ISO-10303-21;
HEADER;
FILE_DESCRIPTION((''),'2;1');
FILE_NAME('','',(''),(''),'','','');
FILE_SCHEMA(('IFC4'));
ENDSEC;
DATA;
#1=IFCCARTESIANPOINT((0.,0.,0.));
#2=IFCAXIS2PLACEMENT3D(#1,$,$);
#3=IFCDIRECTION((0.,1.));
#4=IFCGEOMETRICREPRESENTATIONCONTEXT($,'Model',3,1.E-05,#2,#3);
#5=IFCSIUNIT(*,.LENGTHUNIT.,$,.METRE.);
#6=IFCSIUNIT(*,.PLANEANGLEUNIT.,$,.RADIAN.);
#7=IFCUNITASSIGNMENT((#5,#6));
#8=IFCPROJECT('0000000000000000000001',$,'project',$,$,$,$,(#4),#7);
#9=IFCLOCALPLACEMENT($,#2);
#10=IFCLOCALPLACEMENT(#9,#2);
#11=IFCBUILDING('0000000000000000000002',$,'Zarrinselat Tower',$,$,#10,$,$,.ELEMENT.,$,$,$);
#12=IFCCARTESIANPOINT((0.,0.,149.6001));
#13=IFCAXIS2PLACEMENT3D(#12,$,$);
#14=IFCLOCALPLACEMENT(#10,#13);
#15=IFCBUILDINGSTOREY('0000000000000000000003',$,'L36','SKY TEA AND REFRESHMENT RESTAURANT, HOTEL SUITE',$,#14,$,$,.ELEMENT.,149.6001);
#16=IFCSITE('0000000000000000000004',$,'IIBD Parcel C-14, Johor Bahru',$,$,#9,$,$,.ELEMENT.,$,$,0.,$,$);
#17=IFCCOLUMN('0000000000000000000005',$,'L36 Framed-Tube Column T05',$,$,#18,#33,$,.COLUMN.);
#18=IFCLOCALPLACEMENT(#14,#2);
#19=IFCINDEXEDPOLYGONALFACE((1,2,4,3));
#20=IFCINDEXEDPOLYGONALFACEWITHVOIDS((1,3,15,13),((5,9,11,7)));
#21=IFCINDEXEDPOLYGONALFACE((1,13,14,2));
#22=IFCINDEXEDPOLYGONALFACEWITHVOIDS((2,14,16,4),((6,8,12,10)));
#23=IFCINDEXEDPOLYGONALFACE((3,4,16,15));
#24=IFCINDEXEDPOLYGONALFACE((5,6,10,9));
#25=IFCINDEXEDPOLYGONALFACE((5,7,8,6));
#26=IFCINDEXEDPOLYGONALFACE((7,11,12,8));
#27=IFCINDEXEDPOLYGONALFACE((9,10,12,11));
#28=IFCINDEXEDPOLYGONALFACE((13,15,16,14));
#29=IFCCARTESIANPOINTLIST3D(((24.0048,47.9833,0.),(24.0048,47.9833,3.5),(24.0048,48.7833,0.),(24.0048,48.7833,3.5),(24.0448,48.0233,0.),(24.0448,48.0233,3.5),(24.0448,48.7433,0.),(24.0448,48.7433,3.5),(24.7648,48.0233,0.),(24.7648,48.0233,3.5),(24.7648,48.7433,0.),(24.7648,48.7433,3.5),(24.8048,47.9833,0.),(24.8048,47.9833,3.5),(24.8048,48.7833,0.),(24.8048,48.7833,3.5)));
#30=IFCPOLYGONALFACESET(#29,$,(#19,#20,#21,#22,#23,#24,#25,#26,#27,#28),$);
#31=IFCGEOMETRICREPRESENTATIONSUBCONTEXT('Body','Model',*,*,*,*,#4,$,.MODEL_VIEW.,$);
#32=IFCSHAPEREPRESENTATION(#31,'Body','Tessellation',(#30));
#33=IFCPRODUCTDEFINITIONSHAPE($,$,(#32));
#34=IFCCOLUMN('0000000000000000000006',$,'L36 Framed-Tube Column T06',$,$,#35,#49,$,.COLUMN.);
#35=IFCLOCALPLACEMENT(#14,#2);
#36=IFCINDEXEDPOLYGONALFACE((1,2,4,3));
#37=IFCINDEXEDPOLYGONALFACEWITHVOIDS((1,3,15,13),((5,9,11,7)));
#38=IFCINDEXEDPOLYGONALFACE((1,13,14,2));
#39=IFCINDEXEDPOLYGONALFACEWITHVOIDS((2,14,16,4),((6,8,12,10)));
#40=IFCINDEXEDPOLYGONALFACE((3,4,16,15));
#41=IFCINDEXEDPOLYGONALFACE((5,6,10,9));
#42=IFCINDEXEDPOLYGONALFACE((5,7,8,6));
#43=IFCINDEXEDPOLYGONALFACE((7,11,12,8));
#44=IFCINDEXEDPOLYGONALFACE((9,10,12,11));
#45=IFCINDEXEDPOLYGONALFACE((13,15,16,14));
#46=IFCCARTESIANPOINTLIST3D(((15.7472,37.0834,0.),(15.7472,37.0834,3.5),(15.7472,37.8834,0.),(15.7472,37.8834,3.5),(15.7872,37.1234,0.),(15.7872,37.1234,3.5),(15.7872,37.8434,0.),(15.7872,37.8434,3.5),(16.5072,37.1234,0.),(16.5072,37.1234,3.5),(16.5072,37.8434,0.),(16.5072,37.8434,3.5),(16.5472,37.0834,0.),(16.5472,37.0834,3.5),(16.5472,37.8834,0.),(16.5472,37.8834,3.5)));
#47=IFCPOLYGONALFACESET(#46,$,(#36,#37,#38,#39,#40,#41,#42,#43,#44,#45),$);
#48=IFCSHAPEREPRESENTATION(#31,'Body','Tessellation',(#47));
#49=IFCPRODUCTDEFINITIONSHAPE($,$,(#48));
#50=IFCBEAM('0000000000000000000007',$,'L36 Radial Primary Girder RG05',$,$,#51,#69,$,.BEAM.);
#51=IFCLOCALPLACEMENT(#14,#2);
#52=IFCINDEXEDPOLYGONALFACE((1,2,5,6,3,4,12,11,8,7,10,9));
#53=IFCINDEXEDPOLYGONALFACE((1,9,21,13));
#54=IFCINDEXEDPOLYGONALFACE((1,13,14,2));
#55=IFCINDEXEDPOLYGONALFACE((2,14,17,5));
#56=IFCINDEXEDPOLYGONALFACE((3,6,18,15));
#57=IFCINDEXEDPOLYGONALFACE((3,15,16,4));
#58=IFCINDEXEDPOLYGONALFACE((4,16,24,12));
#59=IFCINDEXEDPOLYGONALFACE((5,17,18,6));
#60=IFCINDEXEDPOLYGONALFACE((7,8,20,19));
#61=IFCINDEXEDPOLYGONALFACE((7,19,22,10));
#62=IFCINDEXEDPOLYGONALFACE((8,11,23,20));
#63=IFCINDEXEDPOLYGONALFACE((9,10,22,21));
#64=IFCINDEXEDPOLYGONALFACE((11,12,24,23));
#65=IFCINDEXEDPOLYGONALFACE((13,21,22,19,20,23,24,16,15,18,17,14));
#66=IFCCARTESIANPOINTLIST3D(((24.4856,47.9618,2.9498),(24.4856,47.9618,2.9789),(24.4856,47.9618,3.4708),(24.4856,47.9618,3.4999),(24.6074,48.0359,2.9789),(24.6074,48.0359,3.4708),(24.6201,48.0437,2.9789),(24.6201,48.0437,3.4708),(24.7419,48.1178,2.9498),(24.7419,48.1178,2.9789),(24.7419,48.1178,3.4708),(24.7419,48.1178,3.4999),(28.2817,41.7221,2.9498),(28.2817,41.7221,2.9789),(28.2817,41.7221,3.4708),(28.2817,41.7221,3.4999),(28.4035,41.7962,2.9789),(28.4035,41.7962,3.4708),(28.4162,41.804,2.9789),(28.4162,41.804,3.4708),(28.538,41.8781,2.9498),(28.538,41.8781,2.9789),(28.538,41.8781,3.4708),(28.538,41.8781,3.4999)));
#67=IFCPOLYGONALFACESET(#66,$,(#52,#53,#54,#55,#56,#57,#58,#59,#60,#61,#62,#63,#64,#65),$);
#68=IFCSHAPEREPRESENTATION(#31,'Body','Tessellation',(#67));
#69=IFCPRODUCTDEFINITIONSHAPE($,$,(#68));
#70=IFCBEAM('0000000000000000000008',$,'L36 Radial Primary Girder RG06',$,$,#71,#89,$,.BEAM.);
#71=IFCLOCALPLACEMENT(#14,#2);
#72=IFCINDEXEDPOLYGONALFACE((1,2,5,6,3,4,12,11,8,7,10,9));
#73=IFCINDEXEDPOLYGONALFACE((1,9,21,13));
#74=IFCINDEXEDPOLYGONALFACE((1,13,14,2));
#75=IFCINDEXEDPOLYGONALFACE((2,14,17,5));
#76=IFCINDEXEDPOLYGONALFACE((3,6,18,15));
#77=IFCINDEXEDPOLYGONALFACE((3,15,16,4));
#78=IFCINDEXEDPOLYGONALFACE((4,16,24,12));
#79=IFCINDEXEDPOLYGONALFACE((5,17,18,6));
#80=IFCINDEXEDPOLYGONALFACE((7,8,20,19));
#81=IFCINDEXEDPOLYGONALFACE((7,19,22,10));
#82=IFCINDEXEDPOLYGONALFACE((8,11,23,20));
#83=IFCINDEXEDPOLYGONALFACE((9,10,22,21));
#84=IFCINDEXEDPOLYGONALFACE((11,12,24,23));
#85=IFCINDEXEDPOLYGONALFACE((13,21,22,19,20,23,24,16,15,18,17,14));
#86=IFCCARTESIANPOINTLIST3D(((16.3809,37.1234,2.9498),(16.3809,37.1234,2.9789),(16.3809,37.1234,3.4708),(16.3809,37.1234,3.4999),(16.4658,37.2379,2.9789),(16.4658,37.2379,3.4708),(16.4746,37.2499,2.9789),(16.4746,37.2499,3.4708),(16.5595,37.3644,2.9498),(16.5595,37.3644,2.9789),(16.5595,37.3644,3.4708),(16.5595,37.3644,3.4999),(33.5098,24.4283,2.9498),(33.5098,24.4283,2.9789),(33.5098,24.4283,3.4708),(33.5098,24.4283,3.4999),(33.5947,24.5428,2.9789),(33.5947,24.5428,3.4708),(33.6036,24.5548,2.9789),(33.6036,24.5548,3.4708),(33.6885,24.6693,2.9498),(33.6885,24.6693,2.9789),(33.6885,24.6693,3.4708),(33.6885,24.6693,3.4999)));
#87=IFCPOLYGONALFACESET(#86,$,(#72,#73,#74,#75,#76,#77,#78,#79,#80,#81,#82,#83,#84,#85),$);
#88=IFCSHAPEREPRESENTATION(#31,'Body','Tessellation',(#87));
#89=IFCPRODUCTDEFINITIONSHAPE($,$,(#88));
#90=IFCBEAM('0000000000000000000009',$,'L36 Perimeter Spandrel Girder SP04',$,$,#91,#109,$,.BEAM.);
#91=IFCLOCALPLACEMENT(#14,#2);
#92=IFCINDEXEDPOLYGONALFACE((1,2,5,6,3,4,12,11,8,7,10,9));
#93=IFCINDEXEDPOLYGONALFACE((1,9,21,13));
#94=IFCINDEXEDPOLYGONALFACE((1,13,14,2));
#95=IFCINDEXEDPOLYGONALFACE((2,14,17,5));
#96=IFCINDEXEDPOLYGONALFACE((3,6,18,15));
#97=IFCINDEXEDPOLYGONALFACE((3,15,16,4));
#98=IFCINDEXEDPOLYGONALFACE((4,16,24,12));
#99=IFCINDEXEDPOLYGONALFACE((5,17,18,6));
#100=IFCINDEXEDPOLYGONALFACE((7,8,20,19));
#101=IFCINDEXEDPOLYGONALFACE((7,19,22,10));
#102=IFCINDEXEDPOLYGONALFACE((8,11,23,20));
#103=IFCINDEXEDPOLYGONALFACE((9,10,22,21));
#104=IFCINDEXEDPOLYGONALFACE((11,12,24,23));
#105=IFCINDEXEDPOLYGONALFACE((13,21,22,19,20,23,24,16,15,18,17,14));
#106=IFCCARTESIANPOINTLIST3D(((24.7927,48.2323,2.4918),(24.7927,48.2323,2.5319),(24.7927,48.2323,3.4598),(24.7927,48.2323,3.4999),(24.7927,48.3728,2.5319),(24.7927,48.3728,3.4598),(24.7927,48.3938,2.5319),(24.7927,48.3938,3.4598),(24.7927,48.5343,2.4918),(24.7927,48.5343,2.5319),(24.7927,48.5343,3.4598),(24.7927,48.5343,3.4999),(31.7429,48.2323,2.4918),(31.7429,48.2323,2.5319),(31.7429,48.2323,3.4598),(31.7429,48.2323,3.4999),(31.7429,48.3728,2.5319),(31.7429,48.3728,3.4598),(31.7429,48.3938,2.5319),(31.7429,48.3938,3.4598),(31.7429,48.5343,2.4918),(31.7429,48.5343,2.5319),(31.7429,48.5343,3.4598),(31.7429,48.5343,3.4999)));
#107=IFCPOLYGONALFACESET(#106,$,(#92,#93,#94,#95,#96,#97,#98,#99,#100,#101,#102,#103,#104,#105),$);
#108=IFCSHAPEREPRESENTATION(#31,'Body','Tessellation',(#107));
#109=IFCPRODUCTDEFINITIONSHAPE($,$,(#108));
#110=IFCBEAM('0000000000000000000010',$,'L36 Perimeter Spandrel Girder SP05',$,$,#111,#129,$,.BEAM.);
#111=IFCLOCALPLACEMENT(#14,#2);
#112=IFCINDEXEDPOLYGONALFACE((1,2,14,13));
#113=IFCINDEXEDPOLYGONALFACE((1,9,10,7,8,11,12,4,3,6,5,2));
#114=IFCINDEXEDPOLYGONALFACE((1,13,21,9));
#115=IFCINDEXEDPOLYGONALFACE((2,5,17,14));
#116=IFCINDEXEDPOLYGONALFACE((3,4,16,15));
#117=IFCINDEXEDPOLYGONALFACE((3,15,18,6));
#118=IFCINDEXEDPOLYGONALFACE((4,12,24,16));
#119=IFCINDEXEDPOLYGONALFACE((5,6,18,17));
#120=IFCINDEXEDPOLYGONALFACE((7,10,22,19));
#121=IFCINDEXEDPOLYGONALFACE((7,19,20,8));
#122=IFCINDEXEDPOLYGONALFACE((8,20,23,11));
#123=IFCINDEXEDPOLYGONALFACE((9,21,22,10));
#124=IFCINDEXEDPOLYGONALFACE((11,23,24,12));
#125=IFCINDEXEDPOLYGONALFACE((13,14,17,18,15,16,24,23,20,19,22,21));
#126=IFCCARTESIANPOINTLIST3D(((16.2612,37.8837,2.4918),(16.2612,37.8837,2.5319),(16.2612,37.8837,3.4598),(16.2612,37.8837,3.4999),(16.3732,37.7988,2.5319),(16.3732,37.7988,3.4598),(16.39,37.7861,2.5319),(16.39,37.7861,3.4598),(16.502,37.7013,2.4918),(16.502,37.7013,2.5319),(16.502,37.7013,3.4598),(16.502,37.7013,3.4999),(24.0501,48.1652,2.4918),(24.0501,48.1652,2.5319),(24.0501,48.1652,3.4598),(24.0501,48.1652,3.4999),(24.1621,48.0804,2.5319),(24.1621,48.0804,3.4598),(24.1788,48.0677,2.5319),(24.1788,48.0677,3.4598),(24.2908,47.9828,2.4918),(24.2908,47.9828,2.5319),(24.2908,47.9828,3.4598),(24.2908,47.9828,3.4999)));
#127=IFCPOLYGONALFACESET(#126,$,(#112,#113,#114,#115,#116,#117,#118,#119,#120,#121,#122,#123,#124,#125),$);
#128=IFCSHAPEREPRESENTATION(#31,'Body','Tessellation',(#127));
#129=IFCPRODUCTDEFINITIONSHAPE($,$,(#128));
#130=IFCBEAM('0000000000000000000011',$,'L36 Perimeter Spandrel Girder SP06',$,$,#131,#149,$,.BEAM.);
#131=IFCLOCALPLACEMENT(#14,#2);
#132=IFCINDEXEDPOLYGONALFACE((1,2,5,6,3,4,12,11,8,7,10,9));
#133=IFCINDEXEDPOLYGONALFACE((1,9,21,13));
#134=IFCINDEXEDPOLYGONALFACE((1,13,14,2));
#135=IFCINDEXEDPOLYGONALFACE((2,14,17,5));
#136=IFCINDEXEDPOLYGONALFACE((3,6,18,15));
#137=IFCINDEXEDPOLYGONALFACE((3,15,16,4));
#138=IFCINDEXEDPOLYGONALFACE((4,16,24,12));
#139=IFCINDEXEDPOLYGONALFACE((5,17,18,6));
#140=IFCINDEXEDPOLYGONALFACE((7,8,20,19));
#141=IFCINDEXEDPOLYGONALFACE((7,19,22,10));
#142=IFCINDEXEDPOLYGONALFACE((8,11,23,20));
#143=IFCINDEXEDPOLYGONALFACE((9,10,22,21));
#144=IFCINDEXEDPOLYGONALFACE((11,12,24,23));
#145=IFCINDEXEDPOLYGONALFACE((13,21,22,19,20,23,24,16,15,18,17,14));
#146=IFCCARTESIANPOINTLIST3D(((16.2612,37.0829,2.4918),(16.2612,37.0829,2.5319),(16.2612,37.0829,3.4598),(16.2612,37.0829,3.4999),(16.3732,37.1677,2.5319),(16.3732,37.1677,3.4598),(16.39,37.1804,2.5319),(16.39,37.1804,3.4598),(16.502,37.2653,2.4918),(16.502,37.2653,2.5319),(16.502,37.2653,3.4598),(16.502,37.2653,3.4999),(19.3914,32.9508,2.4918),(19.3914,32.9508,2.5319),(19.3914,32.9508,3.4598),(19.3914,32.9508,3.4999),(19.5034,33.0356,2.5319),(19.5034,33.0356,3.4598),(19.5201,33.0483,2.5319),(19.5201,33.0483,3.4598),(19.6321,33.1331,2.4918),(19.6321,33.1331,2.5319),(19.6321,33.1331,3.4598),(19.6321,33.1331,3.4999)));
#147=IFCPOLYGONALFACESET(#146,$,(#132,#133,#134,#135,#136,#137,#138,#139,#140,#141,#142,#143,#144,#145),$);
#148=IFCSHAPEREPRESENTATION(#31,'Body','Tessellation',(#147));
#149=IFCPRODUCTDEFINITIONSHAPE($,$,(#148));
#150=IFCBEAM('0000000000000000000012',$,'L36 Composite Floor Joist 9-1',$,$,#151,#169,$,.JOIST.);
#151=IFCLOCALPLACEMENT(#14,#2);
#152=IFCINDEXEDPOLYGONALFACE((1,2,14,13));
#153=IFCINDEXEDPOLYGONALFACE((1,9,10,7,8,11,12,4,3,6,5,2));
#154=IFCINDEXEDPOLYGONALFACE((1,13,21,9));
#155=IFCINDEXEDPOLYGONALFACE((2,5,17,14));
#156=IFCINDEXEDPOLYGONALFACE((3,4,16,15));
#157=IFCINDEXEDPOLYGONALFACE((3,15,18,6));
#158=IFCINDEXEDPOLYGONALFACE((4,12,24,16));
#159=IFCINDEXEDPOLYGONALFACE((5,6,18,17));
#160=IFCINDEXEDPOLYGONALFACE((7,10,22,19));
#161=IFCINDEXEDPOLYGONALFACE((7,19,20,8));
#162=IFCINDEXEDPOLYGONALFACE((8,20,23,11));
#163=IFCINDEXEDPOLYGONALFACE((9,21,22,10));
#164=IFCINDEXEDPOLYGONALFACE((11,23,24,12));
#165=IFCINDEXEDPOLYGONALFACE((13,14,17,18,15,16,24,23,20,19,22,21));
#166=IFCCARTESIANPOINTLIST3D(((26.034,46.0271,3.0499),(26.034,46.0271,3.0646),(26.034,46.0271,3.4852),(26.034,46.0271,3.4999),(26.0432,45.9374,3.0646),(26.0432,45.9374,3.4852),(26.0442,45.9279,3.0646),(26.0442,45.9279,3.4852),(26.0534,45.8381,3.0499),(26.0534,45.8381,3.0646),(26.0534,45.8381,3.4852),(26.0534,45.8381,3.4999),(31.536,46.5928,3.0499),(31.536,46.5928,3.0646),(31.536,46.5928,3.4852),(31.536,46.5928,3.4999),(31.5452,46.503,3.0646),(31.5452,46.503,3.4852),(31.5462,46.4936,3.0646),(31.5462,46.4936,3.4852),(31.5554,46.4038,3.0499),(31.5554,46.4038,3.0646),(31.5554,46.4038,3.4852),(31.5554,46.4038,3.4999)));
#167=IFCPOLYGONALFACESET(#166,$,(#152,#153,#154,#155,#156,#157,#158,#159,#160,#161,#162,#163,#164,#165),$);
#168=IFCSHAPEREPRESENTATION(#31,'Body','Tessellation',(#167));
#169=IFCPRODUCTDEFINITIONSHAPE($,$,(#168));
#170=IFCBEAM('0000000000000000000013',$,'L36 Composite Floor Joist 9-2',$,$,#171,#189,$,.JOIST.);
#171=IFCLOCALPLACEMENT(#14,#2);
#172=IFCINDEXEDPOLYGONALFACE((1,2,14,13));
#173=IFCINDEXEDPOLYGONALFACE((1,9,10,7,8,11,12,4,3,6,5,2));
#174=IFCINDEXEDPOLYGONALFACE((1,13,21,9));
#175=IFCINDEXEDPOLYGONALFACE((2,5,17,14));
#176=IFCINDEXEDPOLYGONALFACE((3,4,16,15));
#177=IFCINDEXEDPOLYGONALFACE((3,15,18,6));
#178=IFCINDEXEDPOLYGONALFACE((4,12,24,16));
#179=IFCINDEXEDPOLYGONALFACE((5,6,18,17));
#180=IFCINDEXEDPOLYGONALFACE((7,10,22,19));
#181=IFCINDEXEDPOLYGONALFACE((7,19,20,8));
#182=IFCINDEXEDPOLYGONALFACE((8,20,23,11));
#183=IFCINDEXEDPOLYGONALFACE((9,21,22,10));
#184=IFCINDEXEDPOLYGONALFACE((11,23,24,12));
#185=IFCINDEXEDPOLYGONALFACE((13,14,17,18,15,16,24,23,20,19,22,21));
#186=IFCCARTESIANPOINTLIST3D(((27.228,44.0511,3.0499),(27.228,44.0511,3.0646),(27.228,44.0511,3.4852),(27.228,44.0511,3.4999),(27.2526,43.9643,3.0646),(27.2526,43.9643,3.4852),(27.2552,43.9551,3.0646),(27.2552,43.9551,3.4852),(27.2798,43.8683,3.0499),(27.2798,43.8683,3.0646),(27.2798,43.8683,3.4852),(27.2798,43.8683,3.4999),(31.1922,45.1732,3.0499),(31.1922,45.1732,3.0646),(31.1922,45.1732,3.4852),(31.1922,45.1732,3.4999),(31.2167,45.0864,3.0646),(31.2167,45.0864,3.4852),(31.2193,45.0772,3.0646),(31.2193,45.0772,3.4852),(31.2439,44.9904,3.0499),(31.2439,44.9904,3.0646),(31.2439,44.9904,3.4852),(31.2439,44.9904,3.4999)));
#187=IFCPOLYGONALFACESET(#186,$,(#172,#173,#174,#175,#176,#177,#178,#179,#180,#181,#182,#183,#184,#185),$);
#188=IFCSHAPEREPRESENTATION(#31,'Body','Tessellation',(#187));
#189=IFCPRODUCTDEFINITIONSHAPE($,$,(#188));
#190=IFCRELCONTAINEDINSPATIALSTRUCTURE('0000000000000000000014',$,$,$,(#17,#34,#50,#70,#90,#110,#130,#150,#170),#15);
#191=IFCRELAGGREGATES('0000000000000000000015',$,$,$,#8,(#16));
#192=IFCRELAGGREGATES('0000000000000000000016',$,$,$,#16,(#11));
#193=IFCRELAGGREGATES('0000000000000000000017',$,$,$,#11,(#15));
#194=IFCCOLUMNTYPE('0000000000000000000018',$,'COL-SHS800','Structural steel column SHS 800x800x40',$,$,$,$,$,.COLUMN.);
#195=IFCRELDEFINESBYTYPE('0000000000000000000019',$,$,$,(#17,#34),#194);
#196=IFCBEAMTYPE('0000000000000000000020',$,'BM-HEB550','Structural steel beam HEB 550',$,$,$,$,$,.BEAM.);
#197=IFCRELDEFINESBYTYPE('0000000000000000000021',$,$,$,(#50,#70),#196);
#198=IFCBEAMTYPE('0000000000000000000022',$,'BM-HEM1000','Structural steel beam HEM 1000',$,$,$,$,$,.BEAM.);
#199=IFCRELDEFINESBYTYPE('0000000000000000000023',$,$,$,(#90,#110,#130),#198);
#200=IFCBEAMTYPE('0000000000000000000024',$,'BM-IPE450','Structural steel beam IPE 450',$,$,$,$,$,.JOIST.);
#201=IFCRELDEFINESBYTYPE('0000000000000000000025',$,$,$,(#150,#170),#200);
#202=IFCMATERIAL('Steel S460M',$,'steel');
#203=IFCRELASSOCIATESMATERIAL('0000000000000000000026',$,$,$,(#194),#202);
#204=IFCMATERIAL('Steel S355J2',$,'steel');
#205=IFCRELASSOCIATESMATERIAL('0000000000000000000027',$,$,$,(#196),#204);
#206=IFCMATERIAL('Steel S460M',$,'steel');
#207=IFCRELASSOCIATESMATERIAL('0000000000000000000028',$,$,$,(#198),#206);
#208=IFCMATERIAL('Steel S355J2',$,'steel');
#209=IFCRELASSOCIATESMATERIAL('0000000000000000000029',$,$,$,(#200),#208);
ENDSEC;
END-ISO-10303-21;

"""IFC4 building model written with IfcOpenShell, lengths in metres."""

from ifc_helpers import new_model, si_unit, direction, frame, origin, origin_2d, place, context, subcontext, project, spatial, hollow_rectangle, i_section, extrude, material, material_profile, profile_set, type_object, element, save


model = new_model("IFC4")

# Units and contexts
model_context = context("Model", 3, precision=1e-05, world=origin(), true_north=direction((0.0, 1.0)))
body_context = subcontext(model_context, "Body", "Model", "MODEL_VIEW")
ifc_project = project(units=[si_unit("LENGTHUNIT", "METRE"), si_unit("PLANEANGLEUNIT", "RADIAN")], contexts=[model_context])

# Site, building, storey
site_placement = place(None, origin())
site = spatial("IfcSite", under=ifc_project, at=site_placement, Name="IIBD Parcel C-14, Johor Bahru", CompositionType="ELEMENT", RefElevation=0.0)
building_placement = place(site_placement, origin())
building = spatial("IfcBuilding", under=site, at=building_placement, Name="Zarrinselat Tower", CompositionType="ELEMENT")
storey_placement = place(building_placement, frame((0.0, 0.0, 149.6001)))
storey = spatial("IfcBuildingStorey", under=building, at=storey_placement, Name="L36", Description="SKY TEA AND REFRESHMENT RESTAURANT, HOTEL SUITE", CompositionType="ELEMENT", Elevation=149.6001)

# Columns
ifc_material_1 = material(Name="Steel S460M", Category="steel")
ifc_material_profile_1 = material_profile(ifc_material_1, hollow_rectangle(XDim=0.8, YDim=0.8, WallThickness=0.04, at=origin_2d()), Name="SHS 800x800x40")
ifc_profile_set_1 = profile_set([ifc_material_profile_1], Name="Steel S460M")
column_type = type_object("IfcColumnType", Name="COL-SHS800", Description="Structural steel column SHS 800x800x40", PredefinedType="COLUMN", material=ifc_profile_set_1)
for number, where, z_axis, x_axis, name in (
    (1, (24.4048, 48.3833, 0.0), (0.0, 0.0, 1.0), (1.0, 0.0, 0.0), "L36 Framed-Tube Column T05"),
    (2, (16.1472, 37.4834, 0.0), (0.0, 0.0, 1.0), (1.0, 0.0, 0.0), "L36 Framed-Tube Column T06"),
):
    element("IfcColumn", number, at=place(storey_placement, frame(where, z_axis=z_axis, x_axis=x_axis)), inside=storey, type_object=column_type, Name=name, PredefinedType="COLUMN", context=body_context, shape_type="SweptSolid", body=[
        extrude(hollow_rectangle(XDim=0.8, YDim=0.8, WallThickness=0.04, at=origin_2d()), origin(), (0.0, 0.0, 1.0), 3.5),
    ])

# Beams
ifc_material_2 = material(Name="Steel S355J2", Category="steel")
ifc_material_profile_2 = material_profile(ifc_material_2, i_section(OverallWidth=0.3, OverallDepth=0.55, WebThickness=0.0149, FlangeThickness=0.0291, at=origin_2d()), Name="HEB 550")
ifc_profile_set_2 = profile_set([ifc_material_profile_2], Name="Steel S355J2")
beam_type_1 = type_object("IfcBeamType", Name="BM-HEB550", Description="Structural steel beam HEB 550", PredefinedType="BEAM", material=ifc_profile_set_2)
beam_1_placement = place(storey_placement, frame((24.6138, 48.0398, 3.2249), z_axis=(0.519751, -0.854318, 0.0), x_axis=(0.854318, 0.519751, 0.0)))
element("IfcBeam", 3, at=beam_1_placement, inside=storey, type_object=beam_type_1, Name="L36 Radial Primary Girder RG05", PredefinedType="BEAM", context=body_context, shape_type="SweptSolid", body=[
    extrude(i_section(OverallWidth=0.3, OverallDepth=0.55, WebThickness=0.0149, FlangeThickness=0.0291, at=origin_2d()), origin(), (0.0, 0.0, 1.0), 7.3037),
])
beam_2_placement = place(storey_placement, frame((16.4702, 37.2439, 3.2249), z_axis=(0.8034, -0.595439, 0.0), x_axis=(0.595439, 0.8034, 0.0)))
element("IfcBeam", 4, at=beam_2_placement, inside=storey, type_object=beam_type_1, Name="L36 Radial Primary Girder RG06", PredefinedType="BEAM", context=body_context, shape_type="SweptSolid", body=[
    extrude(i_section(OverallWidth=0.3, OverallDepth=0.55, WebThickness=0.0149, FlangeThickness=0.0291, at=origin_2d()), origin(), (0.0, 0.0, 1.0), 21.3206),
])
ifc_material_3 = material(Name="Steel S460M", Category="steel")
ifc_material_profile_3 = material_profile(ifc_material_3, i_section(OverallWidth=0.302, OverallDepth=1.0081, WebThickness=0.021, FlangeThickness=0.04, at=origin_2d()), Name="HEM 1000")
ifc_profile_set_3 = profile_set([ifc_material_profile_3], Name="Steel S460M")
beam_type_2 = type_object("IfcBeamType", Name="BM-HEM1000", Description="Structural steel beam HEM 1000", PredefinedType="BEAM", material=ifc_profile_set_3)
beam_3_placement = place(storey_placement, frame((24.7927, 48.3833, 2.9958), z_axis=(1.0, 0.0, 0.0), x_axis=(0.0, 1.0, 0.0)))
element("IfcBeam", 5, at=beam_3_placement, inside=storey, type_object=beam_type_2, Name="L36 Perimeter Spandrel Girder SP04", PredefinedType="BEAM", context=body_context, shape_type="SweptSolid", body=[
    extrude(i_section(OverallWidth=0.302, OverallDepth=1.0081, WebThickness=0.021, FlangeThickness=0.04, at=origin_2d()), origin(), (0.0, 0.0, 1.0), 6.9502),
])
beam_4_placement = place(storey_placement, frame((16.3816, 37.7925, 2.9958), z_axis=(0.603848, 0.797099, 0.0), x_axis=(-0.797099, 0.603848, 0.0)))
element("IfcBeam", 6, at=beam_4_placement, inside=storey, type_object=beam_type_2, Name="L36 Perimeter Spandrel Girder SP05", PredefinedType="BEAM", context=body_context, shape_type="SweptSolid", body=[
    extrude(i_section(OverallWidth=0.302, OverallDepth=1.0081, WebThickness=0.021, FlangeThickness=0.04, at=origin_2d()), origin(), (0.0, 0.0, 1.0), 12.8987),
])
beam_5_placement = place(storey_placement, frame((16.3816, 37.1741, 2.9958), z_axis=(0.603829, -0.797114, 0.0), x_axis=(0.797114, 0.603829, 0.0)))
element("IfcBeam", 7, at=beam_5_placement, inside=storey, type_object=beam_type_2, Name="L36 Perimeter Spandrel Girder SP06", PredefinedType="BEAM", context=body_context, shape_type="SweptSolid", body=[
    extrude(i_section(OverallWidth=0.302, OverallDepth=1.0081, WebThickness=0.021, FlangeThickness=0.04, at=origin_2d()), origin(), (0.0, 0.0, 1.0), 5.1838),
])
ifc_material_4 = material(Name="Steel S355J2", Category="steel")
ifc_material_profile_4 = material_profile(ifc_material_4, i_section(OverallWidth=0.1899, OverallDepth=0.45, WebThickness=0.0095, FlangeThickness=0.0146, at=origin_2d()), Name="IPE 450")
ifc_profile_set_4 = profile_set([ifc_material_profile_4], Name="Steel S355J2")
beam_type_3 = type_object("IfcBeamType", Name="BM-IPE450", Description="Structural steel beam IPE 450", PredefinedType="JOIST", material=ifc_profile_set_4)
beam_6_placement = place(storey_placement, frame((26.0437, 45.9326, 3.2749), z_axis=(0.994756, 0.102274, 0.0), x_axis=(-0.102274, 0.994756, 0.0)))
element("IfcBeam", 8, at=beam_6_placement, inside=storey, type_object=beam_type_3, Name="L36 Composite Floor Joist 9-1", PredefinedType="JOIST", context=body_context, shape_type="SweptSolid", body=[
    extrude(i_section(OverallWidth=0.1899, OverallDepth=0.45, WebThickness=0.0095, FlangeThickness=0.0146, at=origin_2d()), origin(), (0.0, 0.0, 1.0), 5.531),
])
beam_7_placement = place(storey_placement, frame((27.2539, 43.9597, 3.2749), z_axis=(0.962196, 0.272357, 0.0), x_axis=(-0.272357, 0.962196, 0.0)))
element("IfcBeam", 9, at=beam_7_placement, inside=storey, type_object=beam_type_3, Name="L36 Composite Floor Joist 9-2", PredefinedType="JOIST", context=body_context, shape_type="SweptSolid", body=[
    extrude(i_section(OverallWidth=0.1899, OverallDepth=0.45, WebThickness=0.0095, FlangeThickness=0.0146, at=origin_2d()), origin(), (0.0, 0.0, 1.0), 4.1199),
])

save(model, "model.ifc")
